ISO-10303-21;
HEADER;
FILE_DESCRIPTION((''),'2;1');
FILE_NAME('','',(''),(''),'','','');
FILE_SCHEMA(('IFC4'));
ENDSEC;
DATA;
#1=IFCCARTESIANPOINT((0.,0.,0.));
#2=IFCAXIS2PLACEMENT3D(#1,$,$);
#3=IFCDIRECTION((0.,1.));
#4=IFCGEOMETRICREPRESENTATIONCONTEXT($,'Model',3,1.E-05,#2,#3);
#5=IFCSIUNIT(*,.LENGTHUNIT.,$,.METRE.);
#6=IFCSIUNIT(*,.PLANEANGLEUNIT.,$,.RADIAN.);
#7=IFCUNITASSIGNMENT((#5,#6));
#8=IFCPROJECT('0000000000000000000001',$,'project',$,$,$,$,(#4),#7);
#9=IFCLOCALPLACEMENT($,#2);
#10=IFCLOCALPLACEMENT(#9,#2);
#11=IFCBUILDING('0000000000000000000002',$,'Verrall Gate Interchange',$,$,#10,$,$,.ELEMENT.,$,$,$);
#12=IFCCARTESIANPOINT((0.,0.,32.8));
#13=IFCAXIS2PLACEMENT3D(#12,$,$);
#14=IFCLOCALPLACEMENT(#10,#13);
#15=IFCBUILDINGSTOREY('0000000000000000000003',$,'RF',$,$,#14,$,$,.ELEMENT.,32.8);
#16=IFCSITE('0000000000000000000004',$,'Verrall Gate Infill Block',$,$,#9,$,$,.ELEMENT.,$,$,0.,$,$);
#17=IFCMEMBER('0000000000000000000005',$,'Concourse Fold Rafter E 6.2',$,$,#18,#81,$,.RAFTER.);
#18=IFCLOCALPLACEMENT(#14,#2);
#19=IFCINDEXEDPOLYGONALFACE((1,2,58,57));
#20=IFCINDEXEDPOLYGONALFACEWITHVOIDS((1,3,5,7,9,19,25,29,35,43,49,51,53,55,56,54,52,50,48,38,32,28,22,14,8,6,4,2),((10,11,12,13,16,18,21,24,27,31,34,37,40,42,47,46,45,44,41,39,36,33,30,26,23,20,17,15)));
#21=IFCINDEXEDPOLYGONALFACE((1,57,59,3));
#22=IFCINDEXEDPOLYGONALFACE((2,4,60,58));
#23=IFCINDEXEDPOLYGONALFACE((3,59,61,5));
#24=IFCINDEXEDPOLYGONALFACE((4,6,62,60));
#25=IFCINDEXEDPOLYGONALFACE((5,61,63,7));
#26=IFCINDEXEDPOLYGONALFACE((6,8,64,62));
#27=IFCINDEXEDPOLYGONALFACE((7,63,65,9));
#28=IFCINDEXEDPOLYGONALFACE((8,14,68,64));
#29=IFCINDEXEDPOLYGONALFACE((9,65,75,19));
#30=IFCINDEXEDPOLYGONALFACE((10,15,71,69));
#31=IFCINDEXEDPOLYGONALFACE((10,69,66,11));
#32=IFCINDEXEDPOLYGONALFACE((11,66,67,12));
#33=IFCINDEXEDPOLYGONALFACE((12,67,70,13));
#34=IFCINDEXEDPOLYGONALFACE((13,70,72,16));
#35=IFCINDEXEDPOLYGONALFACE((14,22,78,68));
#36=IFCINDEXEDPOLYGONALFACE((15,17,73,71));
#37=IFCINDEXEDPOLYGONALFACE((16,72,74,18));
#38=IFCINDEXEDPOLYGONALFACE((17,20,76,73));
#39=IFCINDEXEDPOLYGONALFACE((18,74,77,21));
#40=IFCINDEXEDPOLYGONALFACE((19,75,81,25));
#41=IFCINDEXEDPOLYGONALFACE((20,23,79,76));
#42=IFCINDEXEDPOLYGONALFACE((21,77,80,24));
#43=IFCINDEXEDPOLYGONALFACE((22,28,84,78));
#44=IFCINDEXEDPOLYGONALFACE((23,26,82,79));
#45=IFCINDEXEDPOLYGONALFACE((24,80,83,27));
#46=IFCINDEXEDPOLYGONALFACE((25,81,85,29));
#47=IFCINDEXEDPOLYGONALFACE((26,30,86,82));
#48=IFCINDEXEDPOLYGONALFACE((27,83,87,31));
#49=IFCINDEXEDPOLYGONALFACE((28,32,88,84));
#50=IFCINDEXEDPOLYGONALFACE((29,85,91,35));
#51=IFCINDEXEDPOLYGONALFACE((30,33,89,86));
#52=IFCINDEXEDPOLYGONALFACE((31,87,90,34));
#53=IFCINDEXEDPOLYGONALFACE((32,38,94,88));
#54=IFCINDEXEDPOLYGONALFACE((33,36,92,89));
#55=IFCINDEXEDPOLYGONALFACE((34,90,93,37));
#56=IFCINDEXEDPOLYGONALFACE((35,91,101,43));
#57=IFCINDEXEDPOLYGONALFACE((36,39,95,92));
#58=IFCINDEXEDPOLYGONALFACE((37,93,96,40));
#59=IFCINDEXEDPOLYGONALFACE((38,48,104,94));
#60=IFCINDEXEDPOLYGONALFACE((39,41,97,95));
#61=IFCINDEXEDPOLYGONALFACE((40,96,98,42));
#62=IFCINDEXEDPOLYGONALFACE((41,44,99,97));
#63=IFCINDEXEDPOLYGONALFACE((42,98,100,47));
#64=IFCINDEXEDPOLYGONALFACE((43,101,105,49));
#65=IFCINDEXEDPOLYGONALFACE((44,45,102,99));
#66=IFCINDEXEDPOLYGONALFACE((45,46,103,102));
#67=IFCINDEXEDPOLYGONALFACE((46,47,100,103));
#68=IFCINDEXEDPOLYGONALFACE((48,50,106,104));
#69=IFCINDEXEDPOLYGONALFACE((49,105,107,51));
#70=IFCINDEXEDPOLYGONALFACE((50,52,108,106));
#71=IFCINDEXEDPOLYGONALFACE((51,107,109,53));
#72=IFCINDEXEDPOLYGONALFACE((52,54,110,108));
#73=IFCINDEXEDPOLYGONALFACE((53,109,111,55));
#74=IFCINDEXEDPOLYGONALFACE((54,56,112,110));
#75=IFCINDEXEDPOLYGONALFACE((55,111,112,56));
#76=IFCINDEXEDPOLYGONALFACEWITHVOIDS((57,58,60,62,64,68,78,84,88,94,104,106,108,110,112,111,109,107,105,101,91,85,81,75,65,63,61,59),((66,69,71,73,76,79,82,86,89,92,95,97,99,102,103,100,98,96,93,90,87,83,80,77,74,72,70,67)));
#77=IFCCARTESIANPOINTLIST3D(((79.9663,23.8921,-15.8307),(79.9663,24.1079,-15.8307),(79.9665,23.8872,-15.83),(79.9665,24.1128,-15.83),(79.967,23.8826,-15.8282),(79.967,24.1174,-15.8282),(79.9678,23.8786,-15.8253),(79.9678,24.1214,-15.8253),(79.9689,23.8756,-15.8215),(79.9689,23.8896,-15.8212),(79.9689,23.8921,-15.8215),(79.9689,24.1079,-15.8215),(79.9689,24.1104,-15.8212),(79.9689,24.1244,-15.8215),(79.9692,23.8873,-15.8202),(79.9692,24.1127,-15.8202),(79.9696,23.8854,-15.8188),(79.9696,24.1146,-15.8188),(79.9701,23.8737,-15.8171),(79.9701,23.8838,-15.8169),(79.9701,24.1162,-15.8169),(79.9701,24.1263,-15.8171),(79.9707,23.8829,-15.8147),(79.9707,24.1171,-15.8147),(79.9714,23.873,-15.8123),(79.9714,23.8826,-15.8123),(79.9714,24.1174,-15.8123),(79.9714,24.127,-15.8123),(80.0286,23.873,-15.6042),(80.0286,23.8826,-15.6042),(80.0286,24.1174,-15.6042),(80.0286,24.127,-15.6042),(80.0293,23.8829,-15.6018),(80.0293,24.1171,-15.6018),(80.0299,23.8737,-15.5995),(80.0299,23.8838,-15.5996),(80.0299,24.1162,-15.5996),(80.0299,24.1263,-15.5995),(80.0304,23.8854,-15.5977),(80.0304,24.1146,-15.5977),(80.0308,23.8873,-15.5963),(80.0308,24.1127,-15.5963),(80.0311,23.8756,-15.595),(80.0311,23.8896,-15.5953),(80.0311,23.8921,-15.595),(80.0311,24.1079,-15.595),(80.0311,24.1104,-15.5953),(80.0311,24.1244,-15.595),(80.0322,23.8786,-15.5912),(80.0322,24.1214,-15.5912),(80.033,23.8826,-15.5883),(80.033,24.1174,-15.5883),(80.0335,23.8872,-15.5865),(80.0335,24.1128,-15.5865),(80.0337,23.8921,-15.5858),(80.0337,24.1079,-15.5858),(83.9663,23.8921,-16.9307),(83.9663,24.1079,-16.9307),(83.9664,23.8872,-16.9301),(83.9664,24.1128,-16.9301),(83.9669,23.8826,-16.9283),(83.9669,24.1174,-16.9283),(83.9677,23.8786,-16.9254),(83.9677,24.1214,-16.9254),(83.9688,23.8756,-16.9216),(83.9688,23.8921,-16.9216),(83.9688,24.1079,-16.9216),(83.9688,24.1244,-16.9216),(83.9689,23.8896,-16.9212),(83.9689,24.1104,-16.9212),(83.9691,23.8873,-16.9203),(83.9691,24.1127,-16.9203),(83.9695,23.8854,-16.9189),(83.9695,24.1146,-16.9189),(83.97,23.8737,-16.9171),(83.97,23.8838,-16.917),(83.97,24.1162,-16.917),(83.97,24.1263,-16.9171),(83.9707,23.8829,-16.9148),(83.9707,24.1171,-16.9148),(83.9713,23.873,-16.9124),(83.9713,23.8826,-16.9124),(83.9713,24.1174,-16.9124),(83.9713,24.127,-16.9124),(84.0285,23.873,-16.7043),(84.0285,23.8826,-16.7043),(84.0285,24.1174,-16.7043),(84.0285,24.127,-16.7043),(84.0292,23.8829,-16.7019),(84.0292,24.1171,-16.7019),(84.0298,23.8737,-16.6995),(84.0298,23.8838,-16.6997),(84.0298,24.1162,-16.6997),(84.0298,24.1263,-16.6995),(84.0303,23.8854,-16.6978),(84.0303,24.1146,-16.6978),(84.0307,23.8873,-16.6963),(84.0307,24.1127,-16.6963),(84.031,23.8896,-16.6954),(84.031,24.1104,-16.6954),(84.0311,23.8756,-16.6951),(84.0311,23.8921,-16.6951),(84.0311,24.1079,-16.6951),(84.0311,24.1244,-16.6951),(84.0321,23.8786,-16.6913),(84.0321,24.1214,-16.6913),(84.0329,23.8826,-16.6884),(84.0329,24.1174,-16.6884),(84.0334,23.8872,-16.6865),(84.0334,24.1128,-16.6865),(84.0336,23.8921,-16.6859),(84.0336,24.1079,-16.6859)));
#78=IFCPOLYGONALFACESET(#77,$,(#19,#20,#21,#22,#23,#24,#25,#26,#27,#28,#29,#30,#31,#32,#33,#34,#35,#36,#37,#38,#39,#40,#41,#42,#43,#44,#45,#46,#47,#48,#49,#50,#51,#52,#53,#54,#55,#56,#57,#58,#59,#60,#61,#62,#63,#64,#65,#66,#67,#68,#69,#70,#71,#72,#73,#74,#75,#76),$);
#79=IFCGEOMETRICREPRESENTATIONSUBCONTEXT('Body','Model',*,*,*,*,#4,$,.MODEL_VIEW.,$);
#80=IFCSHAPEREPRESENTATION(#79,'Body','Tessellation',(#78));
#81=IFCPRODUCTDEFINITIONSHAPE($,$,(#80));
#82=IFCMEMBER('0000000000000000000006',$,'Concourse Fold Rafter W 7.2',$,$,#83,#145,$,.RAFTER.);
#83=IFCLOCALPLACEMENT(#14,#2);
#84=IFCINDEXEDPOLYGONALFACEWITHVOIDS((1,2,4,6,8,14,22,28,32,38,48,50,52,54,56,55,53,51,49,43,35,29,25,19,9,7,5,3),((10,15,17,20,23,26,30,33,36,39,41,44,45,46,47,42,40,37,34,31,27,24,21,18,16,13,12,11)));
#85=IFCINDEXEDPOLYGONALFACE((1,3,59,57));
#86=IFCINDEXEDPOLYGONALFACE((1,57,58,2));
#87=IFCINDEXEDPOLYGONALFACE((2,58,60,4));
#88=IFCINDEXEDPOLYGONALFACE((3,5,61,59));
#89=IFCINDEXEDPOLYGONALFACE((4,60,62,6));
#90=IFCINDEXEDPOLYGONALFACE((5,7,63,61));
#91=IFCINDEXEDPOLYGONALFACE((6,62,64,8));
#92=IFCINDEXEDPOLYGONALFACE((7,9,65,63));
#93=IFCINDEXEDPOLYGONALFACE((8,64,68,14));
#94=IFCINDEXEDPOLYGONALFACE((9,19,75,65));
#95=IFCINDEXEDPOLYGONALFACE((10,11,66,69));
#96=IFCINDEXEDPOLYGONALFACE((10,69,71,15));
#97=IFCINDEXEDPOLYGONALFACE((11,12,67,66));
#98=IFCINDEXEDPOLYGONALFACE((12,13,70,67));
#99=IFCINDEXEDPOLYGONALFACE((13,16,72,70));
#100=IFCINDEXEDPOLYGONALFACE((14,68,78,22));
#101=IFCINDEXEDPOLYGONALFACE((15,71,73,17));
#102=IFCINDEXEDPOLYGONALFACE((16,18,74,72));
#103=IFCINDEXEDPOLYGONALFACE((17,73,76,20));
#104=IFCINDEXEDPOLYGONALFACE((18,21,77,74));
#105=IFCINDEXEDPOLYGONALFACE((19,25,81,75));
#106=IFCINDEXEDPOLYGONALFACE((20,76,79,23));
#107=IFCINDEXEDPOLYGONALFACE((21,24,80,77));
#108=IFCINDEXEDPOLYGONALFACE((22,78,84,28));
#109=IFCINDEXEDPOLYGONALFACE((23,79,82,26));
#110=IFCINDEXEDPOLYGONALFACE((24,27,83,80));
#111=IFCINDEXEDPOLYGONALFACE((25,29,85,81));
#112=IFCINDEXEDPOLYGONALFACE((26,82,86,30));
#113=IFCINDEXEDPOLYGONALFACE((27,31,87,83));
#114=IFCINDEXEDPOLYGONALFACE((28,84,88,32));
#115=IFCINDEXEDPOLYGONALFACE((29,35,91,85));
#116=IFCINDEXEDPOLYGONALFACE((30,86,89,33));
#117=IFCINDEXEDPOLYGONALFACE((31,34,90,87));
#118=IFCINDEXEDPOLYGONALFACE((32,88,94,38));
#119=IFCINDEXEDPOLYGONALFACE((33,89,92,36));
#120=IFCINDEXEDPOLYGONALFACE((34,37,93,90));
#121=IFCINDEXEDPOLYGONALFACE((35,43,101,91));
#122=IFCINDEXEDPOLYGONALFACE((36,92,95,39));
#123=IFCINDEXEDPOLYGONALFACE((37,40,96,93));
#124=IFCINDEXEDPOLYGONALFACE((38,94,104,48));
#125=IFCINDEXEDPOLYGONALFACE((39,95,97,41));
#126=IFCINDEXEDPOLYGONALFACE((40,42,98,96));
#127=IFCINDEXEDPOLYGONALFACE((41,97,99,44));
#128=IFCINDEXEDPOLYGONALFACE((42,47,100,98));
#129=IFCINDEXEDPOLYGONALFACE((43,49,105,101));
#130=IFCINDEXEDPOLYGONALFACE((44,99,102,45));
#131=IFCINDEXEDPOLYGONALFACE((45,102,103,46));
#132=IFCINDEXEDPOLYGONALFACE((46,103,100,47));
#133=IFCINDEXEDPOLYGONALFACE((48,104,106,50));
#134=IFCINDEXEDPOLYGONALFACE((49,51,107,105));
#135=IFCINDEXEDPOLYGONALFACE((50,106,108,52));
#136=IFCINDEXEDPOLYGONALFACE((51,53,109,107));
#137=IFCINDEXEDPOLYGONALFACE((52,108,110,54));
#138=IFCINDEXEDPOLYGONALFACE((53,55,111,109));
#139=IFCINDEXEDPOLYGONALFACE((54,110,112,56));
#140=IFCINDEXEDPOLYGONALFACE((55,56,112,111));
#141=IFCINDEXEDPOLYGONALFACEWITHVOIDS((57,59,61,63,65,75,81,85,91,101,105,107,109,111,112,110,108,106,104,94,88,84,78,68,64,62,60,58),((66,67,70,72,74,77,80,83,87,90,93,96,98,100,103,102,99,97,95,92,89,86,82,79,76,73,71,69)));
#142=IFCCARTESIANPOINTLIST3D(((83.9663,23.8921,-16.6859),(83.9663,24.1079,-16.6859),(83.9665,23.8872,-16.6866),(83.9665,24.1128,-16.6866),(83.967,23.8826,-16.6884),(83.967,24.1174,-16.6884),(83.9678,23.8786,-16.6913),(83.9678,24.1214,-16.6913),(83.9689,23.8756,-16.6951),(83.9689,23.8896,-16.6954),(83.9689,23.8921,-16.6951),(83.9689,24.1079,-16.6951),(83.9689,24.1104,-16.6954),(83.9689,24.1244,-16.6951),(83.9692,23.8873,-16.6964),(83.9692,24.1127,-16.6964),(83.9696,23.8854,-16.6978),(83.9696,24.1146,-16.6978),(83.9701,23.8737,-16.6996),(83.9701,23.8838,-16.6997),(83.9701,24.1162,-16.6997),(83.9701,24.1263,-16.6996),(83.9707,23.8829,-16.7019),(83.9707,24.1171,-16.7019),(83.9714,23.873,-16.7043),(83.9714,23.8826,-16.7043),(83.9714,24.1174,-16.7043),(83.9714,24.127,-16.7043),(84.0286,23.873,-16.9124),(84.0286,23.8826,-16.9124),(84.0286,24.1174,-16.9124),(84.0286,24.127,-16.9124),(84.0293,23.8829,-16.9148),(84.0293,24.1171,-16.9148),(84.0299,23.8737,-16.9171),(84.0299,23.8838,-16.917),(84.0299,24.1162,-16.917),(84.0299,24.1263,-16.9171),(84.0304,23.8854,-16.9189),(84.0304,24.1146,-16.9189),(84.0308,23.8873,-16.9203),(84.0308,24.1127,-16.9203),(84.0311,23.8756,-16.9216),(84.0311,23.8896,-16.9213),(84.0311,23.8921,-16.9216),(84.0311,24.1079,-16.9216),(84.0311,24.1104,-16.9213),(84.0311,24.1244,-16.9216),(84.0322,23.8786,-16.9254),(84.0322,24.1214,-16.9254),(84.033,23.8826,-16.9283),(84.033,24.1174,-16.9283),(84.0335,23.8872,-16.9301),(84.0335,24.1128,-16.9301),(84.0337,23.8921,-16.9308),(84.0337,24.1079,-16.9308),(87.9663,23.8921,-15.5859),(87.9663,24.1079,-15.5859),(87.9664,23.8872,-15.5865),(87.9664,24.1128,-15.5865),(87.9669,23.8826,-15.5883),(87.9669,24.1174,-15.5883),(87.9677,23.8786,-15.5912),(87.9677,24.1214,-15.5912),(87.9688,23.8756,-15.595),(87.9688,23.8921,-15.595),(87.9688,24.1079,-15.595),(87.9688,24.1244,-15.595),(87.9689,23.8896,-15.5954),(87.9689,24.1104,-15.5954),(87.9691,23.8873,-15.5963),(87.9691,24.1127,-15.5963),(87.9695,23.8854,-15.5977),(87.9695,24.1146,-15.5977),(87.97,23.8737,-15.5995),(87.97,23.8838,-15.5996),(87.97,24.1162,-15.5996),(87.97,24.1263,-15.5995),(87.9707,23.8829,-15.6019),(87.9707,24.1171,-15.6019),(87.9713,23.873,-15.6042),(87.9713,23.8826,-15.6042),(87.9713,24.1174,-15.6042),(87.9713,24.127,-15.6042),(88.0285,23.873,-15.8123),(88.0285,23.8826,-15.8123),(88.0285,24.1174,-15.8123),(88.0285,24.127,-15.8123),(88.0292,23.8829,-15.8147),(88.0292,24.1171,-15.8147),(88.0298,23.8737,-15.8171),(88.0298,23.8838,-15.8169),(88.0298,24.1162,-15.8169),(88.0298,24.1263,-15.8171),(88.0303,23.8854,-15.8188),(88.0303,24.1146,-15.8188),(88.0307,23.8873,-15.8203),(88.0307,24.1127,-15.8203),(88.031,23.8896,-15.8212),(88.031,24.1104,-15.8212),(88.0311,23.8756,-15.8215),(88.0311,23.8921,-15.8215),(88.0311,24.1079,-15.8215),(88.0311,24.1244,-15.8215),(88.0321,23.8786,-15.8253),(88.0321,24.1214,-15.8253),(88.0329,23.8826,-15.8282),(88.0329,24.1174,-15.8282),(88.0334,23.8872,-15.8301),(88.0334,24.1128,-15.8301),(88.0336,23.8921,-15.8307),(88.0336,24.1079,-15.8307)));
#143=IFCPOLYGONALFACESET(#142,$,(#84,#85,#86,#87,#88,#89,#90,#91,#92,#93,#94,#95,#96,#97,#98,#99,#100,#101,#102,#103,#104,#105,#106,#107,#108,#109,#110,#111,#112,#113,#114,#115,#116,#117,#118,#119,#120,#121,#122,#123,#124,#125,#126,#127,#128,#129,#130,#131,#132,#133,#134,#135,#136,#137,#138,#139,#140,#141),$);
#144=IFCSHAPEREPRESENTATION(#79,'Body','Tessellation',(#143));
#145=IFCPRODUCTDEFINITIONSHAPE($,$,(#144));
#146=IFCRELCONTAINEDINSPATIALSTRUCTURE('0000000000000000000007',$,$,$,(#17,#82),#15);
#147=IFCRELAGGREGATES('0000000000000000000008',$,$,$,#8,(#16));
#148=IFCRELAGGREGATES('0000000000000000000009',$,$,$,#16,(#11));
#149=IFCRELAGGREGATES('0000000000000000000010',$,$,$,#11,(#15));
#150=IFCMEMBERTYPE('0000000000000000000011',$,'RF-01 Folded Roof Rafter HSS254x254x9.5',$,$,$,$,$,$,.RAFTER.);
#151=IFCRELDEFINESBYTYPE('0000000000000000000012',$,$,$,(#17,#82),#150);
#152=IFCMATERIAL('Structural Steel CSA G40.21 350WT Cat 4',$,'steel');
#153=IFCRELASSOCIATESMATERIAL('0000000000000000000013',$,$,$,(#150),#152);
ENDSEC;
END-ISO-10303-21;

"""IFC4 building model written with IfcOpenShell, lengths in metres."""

from ifc_helpers import new_model, si_unit, direction, frame, origin, origin_2d, place, context, subcontext, project, spatial, hollow_rectangle, extrude, material, material_profile, profile_set, type_object, element, save


model = new_model("IFC4")

# Units and contexts
model_context = context("Model", 3, precision=1e-05, world=origin(), true_north=direction((0.0, 1.0)))
body_context = subcontext(model_context, "Body", "Model", "MODEL_VIEW")
ifc_project = project(units=[si_unit("LENGTHUNIT", "METRE"), si_unit("PLANEANGLEUNIT", "RADIAN")], contexts=[model_context])

# Site, building, storey
site_placement = place(None, origin())
site = spatial("IfcSite", under=ifc_project, at=site_placement, Name="Verrall Gate Infill Block", CompositionType="ELEMENT", RefElevation=0.0)
building_placement = place(site_placement, origin())
building = spatial("IfcBuilding", under=site, at=building_placement, Name="Verrall Gate Interchange", CompositionType="ELEMENT")
storey_placement = place(building_placement, frame((0.0, 0.0, 32.8)))
storey = spatial("IfcBuildingStorey", under=building, at=storey_placement, Name="RF", CompositionType="ELEMENT", Elevation=32.8)

# Members
ifc_material_1 = material(Name="Structural Steel CSA G40.21 350WT Cat 4", Category="steel")
ifc_material_profile_1 = material_profile(ifc_material_1, hollow_rectangle(XDim=0.2539, YDim=0.2539, WallThickness=0.0095, InnerFilletRadius=0.0095, OuterFilletRadius=0.019, at=origin_2d()), Name="HSS254x254x9.5")
ifc_profile_set_1 = profile_set([ifc_material_profile_1], Name="Structural Steel CSA G40.21 350WT Cat 4")
member_type_1 = type_object("IfcMemberType", Name="RF-01 Folded Roof Rafter HSS254x254x9.5", PredefinedType="RAFTER", material=ifc_profile_set_1)
for number, where, z_axis, x_axis, name in (
    (1, (80.0, 24.0, -15.7083), (0.964199, 0.0, -0.265178), (0.0, 1.0, 0.0), "Concourse Fold Rafter E 6.2"),
    (2, (84.0, 24.0, -16.8083), (0.964199, 0.0, 0.265178), (0.0, 1.0, 0.0), "Concourse Fold Rafter W 7.2"),
):
    element("IfcMember", number, at=place(storey_placement, frame(where, z_axis=z_axis, x_axis=x_axis)), inside=storey, type_object=member_type_1, Name=name, PredefinedType="RAFTER", context=body_context, shape_type="SweptSolid", body=[
        extrude(hollow_rectangle(XDim=0.2539, YDim=0.2539, WallThickness=0.0095, InnerFilletRadius=0.0095, OuterFilletRadius=0.019, at=origin_2d()), origin(), (0.0, 0.0, 1.0), 4.1484),
    ])

save(model, "model.ifc")
